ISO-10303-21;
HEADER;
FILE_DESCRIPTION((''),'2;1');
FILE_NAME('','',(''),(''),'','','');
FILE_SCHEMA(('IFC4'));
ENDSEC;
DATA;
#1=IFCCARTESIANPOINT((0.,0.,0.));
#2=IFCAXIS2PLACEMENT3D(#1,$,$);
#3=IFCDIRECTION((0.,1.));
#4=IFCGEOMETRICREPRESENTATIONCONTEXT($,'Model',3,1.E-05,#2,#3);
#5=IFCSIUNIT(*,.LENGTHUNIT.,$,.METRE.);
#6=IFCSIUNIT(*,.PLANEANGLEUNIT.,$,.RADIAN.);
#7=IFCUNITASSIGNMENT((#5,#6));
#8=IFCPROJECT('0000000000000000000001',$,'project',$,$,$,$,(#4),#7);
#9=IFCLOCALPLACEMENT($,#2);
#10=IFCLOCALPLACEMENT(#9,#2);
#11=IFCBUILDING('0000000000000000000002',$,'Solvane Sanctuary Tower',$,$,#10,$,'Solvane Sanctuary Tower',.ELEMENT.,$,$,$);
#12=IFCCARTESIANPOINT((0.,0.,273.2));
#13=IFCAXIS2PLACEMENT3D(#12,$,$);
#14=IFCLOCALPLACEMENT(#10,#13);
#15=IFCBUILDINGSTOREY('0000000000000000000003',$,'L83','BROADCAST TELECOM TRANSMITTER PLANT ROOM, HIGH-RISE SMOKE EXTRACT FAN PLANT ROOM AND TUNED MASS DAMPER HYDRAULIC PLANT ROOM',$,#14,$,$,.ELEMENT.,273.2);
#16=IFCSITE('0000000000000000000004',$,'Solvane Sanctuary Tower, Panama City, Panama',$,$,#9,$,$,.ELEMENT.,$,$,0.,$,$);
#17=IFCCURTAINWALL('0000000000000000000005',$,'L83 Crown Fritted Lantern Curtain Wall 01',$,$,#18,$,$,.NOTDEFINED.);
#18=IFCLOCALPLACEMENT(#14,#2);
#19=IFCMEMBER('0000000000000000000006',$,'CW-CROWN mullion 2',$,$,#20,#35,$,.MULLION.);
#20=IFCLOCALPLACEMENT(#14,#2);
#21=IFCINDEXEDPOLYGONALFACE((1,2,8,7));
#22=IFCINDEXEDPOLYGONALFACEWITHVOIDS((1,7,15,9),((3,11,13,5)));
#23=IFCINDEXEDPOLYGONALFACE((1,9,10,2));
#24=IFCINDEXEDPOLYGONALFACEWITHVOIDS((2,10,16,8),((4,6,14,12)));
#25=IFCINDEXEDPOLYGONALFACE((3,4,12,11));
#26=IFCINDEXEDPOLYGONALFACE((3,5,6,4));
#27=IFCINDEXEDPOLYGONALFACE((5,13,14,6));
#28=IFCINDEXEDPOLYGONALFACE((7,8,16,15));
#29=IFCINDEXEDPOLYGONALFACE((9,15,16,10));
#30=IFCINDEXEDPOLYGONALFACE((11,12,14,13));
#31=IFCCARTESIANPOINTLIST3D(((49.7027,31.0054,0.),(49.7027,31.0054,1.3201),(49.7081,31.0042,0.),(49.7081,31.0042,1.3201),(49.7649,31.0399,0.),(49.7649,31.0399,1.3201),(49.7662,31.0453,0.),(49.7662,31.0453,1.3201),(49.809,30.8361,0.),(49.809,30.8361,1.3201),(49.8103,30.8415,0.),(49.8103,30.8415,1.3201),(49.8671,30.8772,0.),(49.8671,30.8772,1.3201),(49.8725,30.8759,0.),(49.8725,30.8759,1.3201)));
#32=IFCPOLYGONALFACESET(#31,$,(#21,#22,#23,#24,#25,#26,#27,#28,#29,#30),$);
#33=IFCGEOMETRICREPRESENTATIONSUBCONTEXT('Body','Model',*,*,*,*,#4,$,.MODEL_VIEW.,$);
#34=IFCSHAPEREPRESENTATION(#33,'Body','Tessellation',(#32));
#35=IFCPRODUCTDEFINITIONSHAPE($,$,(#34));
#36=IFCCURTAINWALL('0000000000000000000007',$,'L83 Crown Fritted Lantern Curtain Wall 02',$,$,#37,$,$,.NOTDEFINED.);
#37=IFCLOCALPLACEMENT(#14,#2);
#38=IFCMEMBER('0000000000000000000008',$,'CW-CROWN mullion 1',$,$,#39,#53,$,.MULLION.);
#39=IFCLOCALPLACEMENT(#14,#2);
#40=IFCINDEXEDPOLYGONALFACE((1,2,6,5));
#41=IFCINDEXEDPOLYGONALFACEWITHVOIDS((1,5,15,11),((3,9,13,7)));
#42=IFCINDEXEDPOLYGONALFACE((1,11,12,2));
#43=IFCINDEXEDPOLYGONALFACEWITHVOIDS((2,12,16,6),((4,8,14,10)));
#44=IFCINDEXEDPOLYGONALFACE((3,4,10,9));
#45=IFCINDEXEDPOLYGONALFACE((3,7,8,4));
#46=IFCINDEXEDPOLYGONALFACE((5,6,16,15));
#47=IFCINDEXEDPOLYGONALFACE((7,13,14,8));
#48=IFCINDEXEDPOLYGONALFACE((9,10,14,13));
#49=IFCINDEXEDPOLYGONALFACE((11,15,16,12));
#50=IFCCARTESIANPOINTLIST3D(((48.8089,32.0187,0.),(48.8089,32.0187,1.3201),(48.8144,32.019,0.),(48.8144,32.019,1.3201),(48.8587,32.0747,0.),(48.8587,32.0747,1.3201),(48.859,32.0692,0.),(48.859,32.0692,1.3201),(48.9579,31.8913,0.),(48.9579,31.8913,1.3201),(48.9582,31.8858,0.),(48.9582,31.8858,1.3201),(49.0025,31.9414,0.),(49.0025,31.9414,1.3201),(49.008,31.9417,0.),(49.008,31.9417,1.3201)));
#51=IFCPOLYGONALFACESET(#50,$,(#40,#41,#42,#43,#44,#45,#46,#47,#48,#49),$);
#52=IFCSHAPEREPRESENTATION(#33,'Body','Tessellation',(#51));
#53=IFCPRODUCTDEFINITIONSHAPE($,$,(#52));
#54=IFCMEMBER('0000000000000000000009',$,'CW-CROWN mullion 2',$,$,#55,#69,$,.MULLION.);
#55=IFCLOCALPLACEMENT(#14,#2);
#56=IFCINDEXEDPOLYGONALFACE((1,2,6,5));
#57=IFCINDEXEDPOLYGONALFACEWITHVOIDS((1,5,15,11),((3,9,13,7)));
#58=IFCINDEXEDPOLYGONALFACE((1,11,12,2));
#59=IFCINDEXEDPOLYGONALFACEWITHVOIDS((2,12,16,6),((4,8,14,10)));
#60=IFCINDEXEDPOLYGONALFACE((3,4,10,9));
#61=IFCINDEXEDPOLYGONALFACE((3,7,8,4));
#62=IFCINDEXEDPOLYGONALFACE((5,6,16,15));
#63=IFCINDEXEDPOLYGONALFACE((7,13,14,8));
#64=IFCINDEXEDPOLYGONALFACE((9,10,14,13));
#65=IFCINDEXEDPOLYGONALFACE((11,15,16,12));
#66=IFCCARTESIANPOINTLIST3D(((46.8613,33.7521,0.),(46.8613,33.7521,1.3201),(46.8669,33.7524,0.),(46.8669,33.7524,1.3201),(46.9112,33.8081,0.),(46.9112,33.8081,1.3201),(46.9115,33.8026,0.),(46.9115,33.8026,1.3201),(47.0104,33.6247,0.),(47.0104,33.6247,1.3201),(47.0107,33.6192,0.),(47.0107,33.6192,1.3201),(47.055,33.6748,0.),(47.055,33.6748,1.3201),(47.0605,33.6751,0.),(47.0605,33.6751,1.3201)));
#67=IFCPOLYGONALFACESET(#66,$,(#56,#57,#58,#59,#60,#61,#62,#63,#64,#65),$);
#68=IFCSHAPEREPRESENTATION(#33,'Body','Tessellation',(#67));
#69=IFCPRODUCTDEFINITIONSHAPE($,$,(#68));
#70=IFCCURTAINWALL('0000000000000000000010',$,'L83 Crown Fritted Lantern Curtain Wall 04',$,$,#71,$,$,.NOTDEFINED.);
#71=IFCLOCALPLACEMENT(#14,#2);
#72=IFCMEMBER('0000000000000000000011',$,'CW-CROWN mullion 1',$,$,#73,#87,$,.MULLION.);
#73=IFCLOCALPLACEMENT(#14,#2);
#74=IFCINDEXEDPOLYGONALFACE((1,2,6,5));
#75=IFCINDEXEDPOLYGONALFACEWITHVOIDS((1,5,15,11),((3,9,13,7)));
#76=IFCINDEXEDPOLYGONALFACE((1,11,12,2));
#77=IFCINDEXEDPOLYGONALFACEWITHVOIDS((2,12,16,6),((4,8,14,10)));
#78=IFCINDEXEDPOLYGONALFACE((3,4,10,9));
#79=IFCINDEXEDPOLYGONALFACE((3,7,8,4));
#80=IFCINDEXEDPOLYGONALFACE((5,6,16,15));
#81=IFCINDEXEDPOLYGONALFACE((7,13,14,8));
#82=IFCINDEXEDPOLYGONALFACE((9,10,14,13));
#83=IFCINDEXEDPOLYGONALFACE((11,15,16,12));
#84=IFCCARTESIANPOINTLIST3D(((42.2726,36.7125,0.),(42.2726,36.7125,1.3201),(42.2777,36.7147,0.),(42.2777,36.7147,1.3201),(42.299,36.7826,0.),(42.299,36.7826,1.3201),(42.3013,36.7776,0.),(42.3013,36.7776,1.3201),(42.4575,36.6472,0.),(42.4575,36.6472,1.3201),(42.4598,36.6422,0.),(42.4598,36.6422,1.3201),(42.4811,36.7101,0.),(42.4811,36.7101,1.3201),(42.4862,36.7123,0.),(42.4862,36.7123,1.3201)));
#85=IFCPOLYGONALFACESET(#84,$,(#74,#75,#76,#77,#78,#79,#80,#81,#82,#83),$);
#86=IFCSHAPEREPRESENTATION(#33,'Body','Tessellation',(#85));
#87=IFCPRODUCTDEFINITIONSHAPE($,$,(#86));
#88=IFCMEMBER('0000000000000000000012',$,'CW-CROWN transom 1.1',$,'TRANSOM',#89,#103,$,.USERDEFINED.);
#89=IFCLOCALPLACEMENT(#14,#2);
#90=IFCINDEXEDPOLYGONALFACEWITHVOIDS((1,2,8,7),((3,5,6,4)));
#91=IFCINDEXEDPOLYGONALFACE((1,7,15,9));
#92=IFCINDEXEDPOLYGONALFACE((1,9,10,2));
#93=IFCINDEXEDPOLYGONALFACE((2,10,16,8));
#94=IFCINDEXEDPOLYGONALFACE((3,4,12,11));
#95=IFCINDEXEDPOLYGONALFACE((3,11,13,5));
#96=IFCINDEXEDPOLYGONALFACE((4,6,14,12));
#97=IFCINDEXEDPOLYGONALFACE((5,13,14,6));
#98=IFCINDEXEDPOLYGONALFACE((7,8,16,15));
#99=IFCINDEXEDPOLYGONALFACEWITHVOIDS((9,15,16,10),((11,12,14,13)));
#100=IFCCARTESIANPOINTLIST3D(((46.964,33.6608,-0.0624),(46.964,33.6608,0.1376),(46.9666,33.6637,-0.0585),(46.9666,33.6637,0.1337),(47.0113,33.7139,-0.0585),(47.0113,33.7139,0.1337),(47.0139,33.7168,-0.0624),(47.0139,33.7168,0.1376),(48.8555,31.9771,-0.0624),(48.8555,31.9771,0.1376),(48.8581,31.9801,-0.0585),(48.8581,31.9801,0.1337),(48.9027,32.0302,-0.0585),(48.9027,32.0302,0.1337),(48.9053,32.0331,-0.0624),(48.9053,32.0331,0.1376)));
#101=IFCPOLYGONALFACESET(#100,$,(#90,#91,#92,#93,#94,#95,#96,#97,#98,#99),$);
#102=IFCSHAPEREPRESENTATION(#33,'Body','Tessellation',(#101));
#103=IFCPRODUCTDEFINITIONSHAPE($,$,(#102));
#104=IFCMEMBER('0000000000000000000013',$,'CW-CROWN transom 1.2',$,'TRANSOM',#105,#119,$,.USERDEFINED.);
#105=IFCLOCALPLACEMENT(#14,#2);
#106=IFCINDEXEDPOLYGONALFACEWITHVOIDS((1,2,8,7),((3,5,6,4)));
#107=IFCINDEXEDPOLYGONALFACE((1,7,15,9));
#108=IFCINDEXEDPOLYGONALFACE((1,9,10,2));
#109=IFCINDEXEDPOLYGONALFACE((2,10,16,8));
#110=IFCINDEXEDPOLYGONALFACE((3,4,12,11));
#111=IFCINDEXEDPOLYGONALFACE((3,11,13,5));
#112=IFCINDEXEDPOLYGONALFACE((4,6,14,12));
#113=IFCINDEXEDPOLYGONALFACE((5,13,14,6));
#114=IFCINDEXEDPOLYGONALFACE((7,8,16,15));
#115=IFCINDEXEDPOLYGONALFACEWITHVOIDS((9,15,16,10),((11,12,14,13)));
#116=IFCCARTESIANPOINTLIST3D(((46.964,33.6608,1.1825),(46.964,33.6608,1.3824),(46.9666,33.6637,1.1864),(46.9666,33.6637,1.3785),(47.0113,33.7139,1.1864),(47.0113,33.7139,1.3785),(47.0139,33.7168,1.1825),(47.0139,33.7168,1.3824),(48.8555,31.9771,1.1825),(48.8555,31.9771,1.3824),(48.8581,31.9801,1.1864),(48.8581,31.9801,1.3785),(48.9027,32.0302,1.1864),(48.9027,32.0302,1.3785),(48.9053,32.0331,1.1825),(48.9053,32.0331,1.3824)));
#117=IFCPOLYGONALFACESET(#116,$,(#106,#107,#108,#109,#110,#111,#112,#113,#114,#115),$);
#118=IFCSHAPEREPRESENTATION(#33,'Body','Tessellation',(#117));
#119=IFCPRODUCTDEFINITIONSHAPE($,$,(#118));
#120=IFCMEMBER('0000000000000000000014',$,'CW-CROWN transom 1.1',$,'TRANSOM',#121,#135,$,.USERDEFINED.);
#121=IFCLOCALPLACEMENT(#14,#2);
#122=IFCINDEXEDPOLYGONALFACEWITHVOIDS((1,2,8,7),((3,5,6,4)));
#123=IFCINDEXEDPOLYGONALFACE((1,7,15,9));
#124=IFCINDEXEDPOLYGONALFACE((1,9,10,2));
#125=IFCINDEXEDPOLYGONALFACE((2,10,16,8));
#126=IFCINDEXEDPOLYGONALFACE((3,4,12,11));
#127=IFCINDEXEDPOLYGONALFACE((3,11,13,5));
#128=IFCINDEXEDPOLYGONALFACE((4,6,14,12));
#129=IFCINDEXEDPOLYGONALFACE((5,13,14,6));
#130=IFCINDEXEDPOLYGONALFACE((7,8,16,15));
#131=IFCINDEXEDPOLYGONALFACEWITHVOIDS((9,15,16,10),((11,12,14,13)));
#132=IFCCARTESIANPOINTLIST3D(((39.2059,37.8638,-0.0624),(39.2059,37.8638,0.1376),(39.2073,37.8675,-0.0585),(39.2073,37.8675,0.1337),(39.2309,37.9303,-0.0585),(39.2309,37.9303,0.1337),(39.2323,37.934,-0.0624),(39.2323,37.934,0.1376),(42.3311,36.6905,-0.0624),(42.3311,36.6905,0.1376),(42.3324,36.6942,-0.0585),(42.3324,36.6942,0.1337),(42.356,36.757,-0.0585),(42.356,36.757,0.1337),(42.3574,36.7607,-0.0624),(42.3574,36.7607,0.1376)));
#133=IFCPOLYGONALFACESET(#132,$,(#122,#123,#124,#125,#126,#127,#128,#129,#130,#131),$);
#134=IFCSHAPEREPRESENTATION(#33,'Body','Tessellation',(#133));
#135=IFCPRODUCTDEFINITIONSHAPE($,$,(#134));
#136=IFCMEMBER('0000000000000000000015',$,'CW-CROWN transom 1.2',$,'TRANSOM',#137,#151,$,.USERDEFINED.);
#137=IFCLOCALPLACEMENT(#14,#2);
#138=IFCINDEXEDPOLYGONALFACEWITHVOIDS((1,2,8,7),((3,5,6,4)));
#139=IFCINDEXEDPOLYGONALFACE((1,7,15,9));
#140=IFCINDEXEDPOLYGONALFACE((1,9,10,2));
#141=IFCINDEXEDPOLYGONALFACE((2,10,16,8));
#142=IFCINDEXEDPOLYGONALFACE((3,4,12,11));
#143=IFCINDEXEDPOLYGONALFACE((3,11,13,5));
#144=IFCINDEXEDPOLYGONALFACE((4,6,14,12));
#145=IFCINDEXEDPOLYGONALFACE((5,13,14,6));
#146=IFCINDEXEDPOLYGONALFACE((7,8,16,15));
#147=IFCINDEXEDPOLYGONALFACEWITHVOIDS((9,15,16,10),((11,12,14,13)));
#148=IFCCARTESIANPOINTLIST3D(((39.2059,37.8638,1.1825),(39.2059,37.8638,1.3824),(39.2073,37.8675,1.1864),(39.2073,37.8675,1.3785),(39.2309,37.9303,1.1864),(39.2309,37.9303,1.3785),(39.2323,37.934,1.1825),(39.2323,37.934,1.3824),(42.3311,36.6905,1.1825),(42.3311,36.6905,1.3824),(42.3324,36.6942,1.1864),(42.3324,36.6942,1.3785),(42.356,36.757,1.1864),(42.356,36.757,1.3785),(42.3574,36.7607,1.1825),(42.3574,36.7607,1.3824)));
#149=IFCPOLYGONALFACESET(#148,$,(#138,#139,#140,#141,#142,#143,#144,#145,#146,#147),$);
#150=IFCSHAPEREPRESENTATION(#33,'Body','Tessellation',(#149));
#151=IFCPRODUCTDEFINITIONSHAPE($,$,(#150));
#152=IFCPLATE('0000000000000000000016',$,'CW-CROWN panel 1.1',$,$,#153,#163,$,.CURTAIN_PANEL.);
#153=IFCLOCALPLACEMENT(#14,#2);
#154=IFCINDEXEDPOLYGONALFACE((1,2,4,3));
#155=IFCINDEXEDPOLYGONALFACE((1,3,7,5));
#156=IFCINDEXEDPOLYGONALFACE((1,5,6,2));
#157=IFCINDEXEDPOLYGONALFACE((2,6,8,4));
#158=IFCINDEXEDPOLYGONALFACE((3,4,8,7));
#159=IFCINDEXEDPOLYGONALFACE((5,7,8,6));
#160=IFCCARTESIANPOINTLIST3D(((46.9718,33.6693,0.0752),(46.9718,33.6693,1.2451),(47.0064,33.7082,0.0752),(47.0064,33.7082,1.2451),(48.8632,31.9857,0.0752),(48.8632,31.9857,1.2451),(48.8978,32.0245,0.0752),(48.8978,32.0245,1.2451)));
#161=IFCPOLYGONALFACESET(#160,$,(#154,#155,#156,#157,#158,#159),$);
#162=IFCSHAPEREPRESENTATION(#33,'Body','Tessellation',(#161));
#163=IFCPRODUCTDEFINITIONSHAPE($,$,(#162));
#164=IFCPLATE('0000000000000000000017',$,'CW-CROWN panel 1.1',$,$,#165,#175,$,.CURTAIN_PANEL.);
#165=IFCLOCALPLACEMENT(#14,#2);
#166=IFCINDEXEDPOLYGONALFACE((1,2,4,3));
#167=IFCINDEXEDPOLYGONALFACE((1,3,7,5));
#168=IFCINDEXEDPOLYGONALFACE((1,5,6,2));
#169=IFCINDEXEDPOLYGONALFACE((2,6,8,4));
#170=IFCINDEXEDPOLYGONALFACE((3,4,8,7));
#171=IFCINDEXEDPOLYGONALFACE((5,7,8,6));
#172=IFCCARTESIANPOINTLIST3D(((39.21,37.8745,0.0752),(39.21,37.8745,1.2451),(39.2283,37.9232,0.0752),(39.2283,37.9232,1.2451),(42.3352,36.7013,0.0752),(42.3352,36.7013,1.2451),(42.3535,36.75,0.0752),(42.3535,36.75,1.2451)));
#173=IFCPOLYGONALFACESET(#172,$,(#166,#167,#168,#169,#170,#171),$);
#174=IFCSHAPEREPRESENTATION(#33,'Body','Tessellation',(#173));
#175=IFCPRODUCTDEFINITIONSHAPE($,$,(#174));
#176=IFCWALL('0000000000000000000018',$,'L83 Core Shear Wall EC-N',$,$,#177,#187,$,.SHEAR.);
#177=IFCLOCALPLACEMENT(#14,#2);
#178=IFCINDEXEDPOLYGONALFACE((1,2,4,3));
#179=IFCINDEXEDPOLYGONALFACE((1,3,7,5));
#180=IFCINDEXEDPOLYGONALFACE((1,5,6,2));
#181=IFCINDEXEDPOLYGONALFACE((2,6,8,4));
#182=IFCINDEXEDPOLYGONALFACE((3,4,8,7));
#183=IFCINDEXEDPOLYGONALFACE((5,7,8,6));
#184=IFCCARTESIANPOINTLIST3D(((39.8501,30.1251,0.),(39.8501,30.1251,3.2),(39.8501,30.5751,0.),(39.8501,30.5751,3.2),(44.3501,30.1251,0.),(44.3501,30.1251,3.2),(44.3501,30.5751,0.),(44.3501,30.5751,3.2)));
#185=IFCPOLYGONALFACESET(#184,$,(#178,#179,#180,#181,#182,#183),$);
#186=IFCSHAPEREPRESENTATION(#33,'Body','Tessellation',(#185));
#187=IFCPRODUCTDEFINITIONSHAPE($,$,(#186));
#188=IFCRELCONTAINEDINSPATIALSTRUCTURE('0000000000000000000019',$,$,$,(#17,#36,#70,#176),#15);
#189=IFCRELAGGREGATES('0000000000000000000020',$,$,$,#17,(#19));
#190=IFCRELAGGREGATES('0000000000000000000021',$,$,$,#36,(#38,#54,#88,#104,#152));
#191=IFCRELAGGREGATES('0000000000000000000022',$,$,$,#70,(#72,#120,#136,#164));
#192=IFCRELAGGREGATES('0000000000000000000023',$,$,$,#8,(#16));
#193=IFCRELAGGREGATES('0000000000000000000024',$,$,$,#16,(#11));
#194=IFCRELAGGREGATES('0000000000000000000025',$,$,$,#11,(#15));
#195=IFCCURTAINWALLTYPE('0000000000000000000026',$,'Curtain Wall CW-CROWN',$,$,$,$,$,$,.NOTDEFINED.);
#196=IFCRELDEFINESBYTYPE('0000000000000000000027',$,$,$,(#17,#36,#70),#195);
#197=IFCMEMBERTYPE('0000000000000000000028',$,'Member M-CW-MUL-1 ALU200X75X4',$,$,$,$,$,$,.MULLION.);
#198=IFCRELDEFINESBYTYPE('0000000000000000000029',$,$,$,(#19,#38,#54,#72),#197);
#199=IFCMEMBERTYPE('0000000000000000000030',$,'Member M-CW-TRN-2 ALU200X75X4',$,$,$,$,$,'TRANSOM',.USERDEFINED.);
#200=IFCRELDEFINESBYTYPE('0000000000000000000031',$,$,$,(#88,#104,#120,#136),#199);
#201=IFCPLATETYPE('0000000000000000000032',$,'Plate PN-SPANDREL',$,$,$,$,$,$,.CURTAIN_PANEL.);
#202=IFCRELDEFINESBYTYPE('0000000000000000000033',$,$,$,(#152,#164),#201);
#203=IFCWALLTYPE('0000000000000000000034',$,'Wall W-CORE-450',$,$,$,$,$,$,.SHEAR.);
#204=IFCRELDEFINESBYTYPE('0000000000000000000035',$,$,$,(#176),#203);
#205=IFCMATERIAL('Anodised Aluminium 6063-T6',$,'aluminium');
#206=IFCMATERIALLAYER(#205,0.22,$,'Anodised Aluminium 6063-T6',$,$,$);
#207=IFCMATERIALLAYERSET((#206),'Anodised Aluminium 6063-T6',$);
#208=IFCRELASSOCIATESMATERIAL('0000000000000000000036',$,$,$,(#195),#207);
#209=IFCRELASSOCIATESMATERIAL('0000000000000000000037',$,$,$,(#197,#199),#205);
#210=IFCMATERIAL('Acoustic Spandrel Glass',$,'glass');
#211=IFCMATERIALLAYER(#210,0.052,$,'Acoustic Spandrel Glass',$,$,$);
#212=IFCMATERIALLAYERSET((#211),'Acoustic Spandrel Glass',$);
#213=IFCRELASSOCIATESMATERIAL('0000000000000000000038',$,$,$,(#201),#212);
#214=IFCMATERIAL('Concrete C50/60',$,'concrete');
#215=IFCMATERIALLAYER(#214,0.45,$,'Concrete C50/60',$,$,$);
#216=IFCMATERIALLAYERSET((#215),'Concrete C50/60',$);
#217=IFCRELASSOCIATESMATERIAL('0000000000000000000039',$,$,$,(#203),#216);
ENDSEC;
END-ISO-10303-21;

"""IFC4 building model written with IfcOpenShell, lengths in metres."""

from ifc_helpers import new_model, si_unit, direction, frame, frame_2d, origin, origin_2d, place, context, subcontext, project, spatial, rectangle, hollow_rectangle, extrude, material, layer, layer_set, material_profile, profile_set, type_object, element, aggregate, save


model = new_model("IFC4")

# Units and contexts
model_context = context("Model", 3, precision=1e-05, world=origin(), true_north=direction((0.0, 1.0)))
body_context = subcontext(model_context, "Body", "Model", "MODEL_VIEW")
ifc_project = project(units=[si_unit("LENGTHUNIT", "METRE"), si_unit("PLANEANGLEUNIT", "RADIAN")], contexts=[model_context])

# Site, building, storey
site_placement = place(None, origin())
site = spatial("IfcSite", under=ifc_project, at=site_placement, Name="Solvane Sanctuary Tower, Panama City, Panama", CompositionType="ELEMENT", RefElevation=0.0)
building_placement = place(site_placement, origin())
building = spatial("IfcBuilding", under=site, at=building_placement, Name="Solvane Sanctuary Tower", LongName="Solvane Sanctuary Tower", CompositionType="ELEMENT")
storey_placement = place(building_placement, frame((0.0, 0.0, 273.2)))
storey = spatial("IfcBuildingStorey", under=building, at=storey_placement, Name="L83", Description="BROADCAST TELECOM TRANSMITTER PLANT ROOM, HIGH-RISE SMOKE EXTRACT FAN PLANT ROOM AND TUNED MASS DAMPER HYDRAULIC PLANT ROOM", CompositionType="ELEMENT", Elevation=273.2)

# Curtain wall, member
ifc_material_1 = material(Name="Anodised Aluminium 6063-T6", Category="aluminium")
ifc_layer_1 = layer(ifc_material_1, 0.22, Name="Anodised Aluminium 6063-T6")
ifc_layer_set_1 = layer_set([ifc_layer_1], Name="Anodised Aluminium 6063-T6")
curtain_wall_type = type_object("IfcCurtainWallType", Name="Curtain Wall CW-CROWN", PredefinedType="NOTDEFINED", material=ifc_layer_set_1)
curtain_wall_1_placement = place(storey_placement, origin())
curtain_wall_1 = element("IfcCurtainWall", 1, at=curtain_wall_1_placement, inside=storey, type_object=curtain_wall_type, Name="L83 Crown Fritted Lantern Curtain Wall 01", PredefinedType="NOTDEFINED")
ifc_material_profile_1 = material_profile(ifc_material_1, hollow_rectangle(XDim=0.075, YDim=0.2, WallThickness=0.0039, at=origin_2d()), Name="ALU200X75X4")
ifc_profile_set_1 = profile_set([ifc_material_profile_1], Name="Anodised Aluminium 6063-T6")
member_type_1 = type_object("IfcMemberType", Name="Member M-CW-MUL-1 ALU200X75X4", PredefinedType="MULLION", material=ifc_profile_set_1)
member_1_placement = place(storey_placement, frame((49.7876, 30.9407, 0.0), z_axis=(0.0, 0.0, 1.0), x_axis=(-0.846858, -0.531819, 0.0)))
member_1 = element("IfcMember", 2, at=member_1_placement, type_object=member_type_1, Name="CW-CROWN mullion 2", PredefinedType="MULLION", context=body_context, shape_type="SweptSolid", body=[
    extrude(hollow_rectangle(XDim=0.075, YDim=0.2, WallThickness=0.0039, at=origin_2d()), origin(), (0.0, 0.0, 1.0), 1.3201),
])
aggregate(curtain_wall_1, [member_1])

# Curtain wall, members
curtain_wall_2_placement = place(storey_placement, origin())
curtain_wall_2 = element("IfcCurtainWall", 3, at=curtain_wall_2_placement, inside=storey, type_object=curtain_wall_type, Name="L83 Crown Fritted Lantern Curtain Wall 02", PredefinedType="NOTDEFINED")
member_2_placement = place(storey_placement, frame((48.9084, 31.9802, 0.0), z_axis=(0.0, 0.0, 1.0), x_axis=(-0.664887, -0.746944, 0.0)))
member_2 = element("IfcMember", 4, at=member_2_placement, type_object=member_type_1, Name="CW-CROWN mullion 1", PredefinedType="MULLION", context=body_context, shape_type="SweptSolid", body=[
    extrude(hollow_rectangle(XDim=0.075, YDim=0.2, WallThickness=0.0039, at=origin_2d()), origin(), (0.0, 0.0, 1.0), 1.3201),
])
member_3_placement = place(storey_placement, frame((46.9609, 33.7136, 0.0), z_axis=(0.0, 0.0, 1.0), x_axis=(-0.664887, -0.746944, 0.0)))
member_3 = element("IfcMember", 5, at=member_3_placement, type_object=member_type_1, Name="CW-CROWN mullion 2", PredefinedType="MULLION", context=body_context, shape_type="SweptSolid", body=[
    extrude(hollow_rectangle(XDim=0.075, YDim=0.2, WallThickness=0.0039, at=origin_2d()), origin(), (0.0, 0.0, 1.0), 1.3201),
])

# Curtain wall, member
curtain_wall_3_placement = place(storey_placement, origin())
curtain_wall_3 = element("IfcCurtainWall", 6, at=curtain_wall_3_placement, inside=storey, type_object=curtain_wall_type, Name="L83 Crown Fritted Lantern Curtain Wall 04", PredefinedType="NOTDEFINED")
member_4_placement = place(storey_placement, frame((42.3794, 36.7124, 0.0), z_axis=(0.0, 0.0, 1.0), x_axis=(-0.351475, -0.936197, 0.0)))
member_4 = element("IfcMember", 7, at=member_4_placement, type_object=member_type_1, Name="CW-CROWN mullion 1", PredefinedType="MULLION", context=body_context, shape_type="SweptSolid", body=[
    extrude(hollow_rectangle(XDim=0.075, YDim=0.2, WallThickness=0.0039, at=origin_2d()), origin(), (0.0, 0.0, 1.0), 1.3201),
])

# Members
ifc_material_profile_2 = material_profile(ifc_material_1, hollow_rectangle(XDim=0.075, YDim=0.2, WallThickness=0.0039, at=origin_2d()), Name="ALU200X75X4")
ifc_profile_set_2 = profile_set([ifc_material_profile_2], Name="Anodised Aluminium 6063-T6")
member_type_2 = type_object("IfcMemberType", Name="Member M-CW-TRN-2 ALU200X75X4", ElementType="TRANSOM", PredefinedType="USERDEFINED", material=ifc_profile_set_2)
member_5_placement = place(storey_placement, frame((48.8804, 32.0051, 0.0376), z_axis=(-0.746941, 0.66489, 0.0), x_axis=(-0.66489, -0.746941, 0.0)))
member_5 = element("IfcMember", 8, at=member_5_placement, type_object=member_type_2, Name="CW-CROWN transom 1.1", ObjectType="TRANSOM", PredefinedType="USERDEFINED", context=body_context, shape_type="SweptSolid", body=[
    extrude(hollow_rectangle(XDim=0.075, YDim=0.2, WallThickness=0.0039, at=origin_2d()), origin(), (0.0, 0.0, 1.0), 2.5322),
])
member_6_placement = place(storey_placement, frame((48.8804, 32.0051, 1.2825), z_axis=(-0.746941, 0.66489, 0.0), x_axis=(-0.66489, -0.746941, 0.0)))
member_6 = element("IfcMember", 9, at=member_6_placement, type_object=member_type_2, Name="CW-CROWN transom 1.2", ObjectType="TRANSOM", PredefinedType="USERDEFINED", context=body_context, shape_type="SweptSolid", body=[
    extrude(hollow_rectangle(XDim=0.075, YDim=0.2, WallThickness=0.0039, at=origin_2d()), origin(), (0.0, 0.0, 1.0), 2.5322),
])
member_7_placement = place(storey_placement, frame((42.3442, 36.7256, 0.0376), z_axis=(-0.936194, 0.351484, 0.0), x_axis=(-0.351484, -0.936194, 0.0)))
member_7 = element("IfcMember", 10, at=member_7_placement, type_object=member_type_2, Name="CW-CROWN transom 1.1", ObjectType="TRANSOM", PredefinedType="USERDEFINED", context=body_context, shape_type="SweptSolid", body=[
    extrude(hollow_rectangle(XDim=0.075, YDim=0.2, WallThickness=0.0039, at=origin_2d()), origin(), (0.0, 0.0, 1.0), 3.3381),
])
member_8_placement = place(storey_placement, frame((42.3442, 36.7256, 1.2825), z_axis=(-0.936194, 0.351484, 0.0), x_axis=(-0.351484, -0.936194, 0.0)))
member_8 = element("IfcMember", 11, at=member_8_placement, type_object=member_type_2, Name="CW-CROWN transom 1.2", ObjectType="TRANSOM", PredefinedType="USERDEFINED", context=body_context, shape_type="SweptSolid", body=[
    extrude(hollow_rectangle(XDim=0.075, YDim=0.2, WallThickness=0.0039, at=origin_2d()), origin(), (0.0, 0.0, 1.0), 3.3381),
])

# Plates
ifc_material_2 = material(Name="Acoustic Spandrel Glass", Category="glass")
ifc_layer_2 = layer(ifc_material_2, 0.052, Name="Acoustic Spandrel Glass")
ifc_layer_set_2 = layer_set([ifc_layer_2], Name="Acoustic Spandrel Glass")
plate_type = type_object("IfcPlateType", Name="Plate PN-SPANDREL", PredefinedType="CURTAIN_PANEL", material=ifc_layer_set_2)
plate_1_placement = place(storey_placement, frame((47.9348, 32.8469, 0.0752), z_axis=(0.0, 0.0, 1.0), x_axis=(-0.746944, 0.664887, 0.0)))
plate_1 = element("IfcPlate", 12, at=plate_1_placement, type_object=plate_type, Name="CW-CROWN panel 1.1", PredefinedType="CURTAIN_PANEL", context=body_context, shape_type="SweptSolid", body=[
    extrude(rectangle(XDim=2.5322, YDim=0.052, at=origin_2d()), origin(), (0.0, 0.0, 1.0), 1.1699),
])
aggregate(curtain_wall_2, [member_2, member_3, member_5, member_6, plate_1])
plate_2_placement = place(storey_placement, frame((40.7817, 37.3123, 0.0752), z_axis=(0.0, 0.0, 1.0), x_axis=(-0.936197, 0.351475, 0.0)))
plate_2 = element("IfcPlate", 13, at=plate_2_placement, type_object=plate_type, Name="CW-CROWN panel 1.1", PredefinedType="CURTAIN_PANEL", context=body_context, shape_type="SweptSolid", body=[
    extrude(rectangle(XDim=3.3381, YDim=0.052, at=origin_2d()), origin(), (0.0, 0.0, 1.0), 1.1699),
])
aggregate(curtain_wall_3, [member_4, member_7, member_8, plate_2])

# Wall
ifc_material_3 = material(Name="Concrete C50/60", Category="concrete")
ifc_layer_3 = layer(ifc_material_3, 0.45, Name="Concrete C50/60")
ifc_layer_set_3 = layer_set([ifc_layer_3], Name="Concrete C50/60")
wall_type_1 = type_object("IfcWallType", Name="Wall W-CORE-450", PredefinedType="SHEAR", material=ifc_layer_set_3)
wall_1_placement = place(storey_placement, frame((39.8501, 30.3501, 0.0), z_axis=(0.0, 0.0, 1.0), x_axis=(1.0, 0.0, 0.0)))
element("IfcWall", 14, at=wall_1_placement, inside=storey, type_object=wall_type_1, Name="L83 Core Shear Wall EC-N", PredefinedType="SHEAR", context=body_context, shape_type="SweptSolid", body=[
    extrude(rectangle(XDim=4.5, YDim=0.45, at=frame_2d((2.25, 0.0))), origin(), (0.0, 0.0, 1.0), 3.2),
])

save(model, "model.ifc")
